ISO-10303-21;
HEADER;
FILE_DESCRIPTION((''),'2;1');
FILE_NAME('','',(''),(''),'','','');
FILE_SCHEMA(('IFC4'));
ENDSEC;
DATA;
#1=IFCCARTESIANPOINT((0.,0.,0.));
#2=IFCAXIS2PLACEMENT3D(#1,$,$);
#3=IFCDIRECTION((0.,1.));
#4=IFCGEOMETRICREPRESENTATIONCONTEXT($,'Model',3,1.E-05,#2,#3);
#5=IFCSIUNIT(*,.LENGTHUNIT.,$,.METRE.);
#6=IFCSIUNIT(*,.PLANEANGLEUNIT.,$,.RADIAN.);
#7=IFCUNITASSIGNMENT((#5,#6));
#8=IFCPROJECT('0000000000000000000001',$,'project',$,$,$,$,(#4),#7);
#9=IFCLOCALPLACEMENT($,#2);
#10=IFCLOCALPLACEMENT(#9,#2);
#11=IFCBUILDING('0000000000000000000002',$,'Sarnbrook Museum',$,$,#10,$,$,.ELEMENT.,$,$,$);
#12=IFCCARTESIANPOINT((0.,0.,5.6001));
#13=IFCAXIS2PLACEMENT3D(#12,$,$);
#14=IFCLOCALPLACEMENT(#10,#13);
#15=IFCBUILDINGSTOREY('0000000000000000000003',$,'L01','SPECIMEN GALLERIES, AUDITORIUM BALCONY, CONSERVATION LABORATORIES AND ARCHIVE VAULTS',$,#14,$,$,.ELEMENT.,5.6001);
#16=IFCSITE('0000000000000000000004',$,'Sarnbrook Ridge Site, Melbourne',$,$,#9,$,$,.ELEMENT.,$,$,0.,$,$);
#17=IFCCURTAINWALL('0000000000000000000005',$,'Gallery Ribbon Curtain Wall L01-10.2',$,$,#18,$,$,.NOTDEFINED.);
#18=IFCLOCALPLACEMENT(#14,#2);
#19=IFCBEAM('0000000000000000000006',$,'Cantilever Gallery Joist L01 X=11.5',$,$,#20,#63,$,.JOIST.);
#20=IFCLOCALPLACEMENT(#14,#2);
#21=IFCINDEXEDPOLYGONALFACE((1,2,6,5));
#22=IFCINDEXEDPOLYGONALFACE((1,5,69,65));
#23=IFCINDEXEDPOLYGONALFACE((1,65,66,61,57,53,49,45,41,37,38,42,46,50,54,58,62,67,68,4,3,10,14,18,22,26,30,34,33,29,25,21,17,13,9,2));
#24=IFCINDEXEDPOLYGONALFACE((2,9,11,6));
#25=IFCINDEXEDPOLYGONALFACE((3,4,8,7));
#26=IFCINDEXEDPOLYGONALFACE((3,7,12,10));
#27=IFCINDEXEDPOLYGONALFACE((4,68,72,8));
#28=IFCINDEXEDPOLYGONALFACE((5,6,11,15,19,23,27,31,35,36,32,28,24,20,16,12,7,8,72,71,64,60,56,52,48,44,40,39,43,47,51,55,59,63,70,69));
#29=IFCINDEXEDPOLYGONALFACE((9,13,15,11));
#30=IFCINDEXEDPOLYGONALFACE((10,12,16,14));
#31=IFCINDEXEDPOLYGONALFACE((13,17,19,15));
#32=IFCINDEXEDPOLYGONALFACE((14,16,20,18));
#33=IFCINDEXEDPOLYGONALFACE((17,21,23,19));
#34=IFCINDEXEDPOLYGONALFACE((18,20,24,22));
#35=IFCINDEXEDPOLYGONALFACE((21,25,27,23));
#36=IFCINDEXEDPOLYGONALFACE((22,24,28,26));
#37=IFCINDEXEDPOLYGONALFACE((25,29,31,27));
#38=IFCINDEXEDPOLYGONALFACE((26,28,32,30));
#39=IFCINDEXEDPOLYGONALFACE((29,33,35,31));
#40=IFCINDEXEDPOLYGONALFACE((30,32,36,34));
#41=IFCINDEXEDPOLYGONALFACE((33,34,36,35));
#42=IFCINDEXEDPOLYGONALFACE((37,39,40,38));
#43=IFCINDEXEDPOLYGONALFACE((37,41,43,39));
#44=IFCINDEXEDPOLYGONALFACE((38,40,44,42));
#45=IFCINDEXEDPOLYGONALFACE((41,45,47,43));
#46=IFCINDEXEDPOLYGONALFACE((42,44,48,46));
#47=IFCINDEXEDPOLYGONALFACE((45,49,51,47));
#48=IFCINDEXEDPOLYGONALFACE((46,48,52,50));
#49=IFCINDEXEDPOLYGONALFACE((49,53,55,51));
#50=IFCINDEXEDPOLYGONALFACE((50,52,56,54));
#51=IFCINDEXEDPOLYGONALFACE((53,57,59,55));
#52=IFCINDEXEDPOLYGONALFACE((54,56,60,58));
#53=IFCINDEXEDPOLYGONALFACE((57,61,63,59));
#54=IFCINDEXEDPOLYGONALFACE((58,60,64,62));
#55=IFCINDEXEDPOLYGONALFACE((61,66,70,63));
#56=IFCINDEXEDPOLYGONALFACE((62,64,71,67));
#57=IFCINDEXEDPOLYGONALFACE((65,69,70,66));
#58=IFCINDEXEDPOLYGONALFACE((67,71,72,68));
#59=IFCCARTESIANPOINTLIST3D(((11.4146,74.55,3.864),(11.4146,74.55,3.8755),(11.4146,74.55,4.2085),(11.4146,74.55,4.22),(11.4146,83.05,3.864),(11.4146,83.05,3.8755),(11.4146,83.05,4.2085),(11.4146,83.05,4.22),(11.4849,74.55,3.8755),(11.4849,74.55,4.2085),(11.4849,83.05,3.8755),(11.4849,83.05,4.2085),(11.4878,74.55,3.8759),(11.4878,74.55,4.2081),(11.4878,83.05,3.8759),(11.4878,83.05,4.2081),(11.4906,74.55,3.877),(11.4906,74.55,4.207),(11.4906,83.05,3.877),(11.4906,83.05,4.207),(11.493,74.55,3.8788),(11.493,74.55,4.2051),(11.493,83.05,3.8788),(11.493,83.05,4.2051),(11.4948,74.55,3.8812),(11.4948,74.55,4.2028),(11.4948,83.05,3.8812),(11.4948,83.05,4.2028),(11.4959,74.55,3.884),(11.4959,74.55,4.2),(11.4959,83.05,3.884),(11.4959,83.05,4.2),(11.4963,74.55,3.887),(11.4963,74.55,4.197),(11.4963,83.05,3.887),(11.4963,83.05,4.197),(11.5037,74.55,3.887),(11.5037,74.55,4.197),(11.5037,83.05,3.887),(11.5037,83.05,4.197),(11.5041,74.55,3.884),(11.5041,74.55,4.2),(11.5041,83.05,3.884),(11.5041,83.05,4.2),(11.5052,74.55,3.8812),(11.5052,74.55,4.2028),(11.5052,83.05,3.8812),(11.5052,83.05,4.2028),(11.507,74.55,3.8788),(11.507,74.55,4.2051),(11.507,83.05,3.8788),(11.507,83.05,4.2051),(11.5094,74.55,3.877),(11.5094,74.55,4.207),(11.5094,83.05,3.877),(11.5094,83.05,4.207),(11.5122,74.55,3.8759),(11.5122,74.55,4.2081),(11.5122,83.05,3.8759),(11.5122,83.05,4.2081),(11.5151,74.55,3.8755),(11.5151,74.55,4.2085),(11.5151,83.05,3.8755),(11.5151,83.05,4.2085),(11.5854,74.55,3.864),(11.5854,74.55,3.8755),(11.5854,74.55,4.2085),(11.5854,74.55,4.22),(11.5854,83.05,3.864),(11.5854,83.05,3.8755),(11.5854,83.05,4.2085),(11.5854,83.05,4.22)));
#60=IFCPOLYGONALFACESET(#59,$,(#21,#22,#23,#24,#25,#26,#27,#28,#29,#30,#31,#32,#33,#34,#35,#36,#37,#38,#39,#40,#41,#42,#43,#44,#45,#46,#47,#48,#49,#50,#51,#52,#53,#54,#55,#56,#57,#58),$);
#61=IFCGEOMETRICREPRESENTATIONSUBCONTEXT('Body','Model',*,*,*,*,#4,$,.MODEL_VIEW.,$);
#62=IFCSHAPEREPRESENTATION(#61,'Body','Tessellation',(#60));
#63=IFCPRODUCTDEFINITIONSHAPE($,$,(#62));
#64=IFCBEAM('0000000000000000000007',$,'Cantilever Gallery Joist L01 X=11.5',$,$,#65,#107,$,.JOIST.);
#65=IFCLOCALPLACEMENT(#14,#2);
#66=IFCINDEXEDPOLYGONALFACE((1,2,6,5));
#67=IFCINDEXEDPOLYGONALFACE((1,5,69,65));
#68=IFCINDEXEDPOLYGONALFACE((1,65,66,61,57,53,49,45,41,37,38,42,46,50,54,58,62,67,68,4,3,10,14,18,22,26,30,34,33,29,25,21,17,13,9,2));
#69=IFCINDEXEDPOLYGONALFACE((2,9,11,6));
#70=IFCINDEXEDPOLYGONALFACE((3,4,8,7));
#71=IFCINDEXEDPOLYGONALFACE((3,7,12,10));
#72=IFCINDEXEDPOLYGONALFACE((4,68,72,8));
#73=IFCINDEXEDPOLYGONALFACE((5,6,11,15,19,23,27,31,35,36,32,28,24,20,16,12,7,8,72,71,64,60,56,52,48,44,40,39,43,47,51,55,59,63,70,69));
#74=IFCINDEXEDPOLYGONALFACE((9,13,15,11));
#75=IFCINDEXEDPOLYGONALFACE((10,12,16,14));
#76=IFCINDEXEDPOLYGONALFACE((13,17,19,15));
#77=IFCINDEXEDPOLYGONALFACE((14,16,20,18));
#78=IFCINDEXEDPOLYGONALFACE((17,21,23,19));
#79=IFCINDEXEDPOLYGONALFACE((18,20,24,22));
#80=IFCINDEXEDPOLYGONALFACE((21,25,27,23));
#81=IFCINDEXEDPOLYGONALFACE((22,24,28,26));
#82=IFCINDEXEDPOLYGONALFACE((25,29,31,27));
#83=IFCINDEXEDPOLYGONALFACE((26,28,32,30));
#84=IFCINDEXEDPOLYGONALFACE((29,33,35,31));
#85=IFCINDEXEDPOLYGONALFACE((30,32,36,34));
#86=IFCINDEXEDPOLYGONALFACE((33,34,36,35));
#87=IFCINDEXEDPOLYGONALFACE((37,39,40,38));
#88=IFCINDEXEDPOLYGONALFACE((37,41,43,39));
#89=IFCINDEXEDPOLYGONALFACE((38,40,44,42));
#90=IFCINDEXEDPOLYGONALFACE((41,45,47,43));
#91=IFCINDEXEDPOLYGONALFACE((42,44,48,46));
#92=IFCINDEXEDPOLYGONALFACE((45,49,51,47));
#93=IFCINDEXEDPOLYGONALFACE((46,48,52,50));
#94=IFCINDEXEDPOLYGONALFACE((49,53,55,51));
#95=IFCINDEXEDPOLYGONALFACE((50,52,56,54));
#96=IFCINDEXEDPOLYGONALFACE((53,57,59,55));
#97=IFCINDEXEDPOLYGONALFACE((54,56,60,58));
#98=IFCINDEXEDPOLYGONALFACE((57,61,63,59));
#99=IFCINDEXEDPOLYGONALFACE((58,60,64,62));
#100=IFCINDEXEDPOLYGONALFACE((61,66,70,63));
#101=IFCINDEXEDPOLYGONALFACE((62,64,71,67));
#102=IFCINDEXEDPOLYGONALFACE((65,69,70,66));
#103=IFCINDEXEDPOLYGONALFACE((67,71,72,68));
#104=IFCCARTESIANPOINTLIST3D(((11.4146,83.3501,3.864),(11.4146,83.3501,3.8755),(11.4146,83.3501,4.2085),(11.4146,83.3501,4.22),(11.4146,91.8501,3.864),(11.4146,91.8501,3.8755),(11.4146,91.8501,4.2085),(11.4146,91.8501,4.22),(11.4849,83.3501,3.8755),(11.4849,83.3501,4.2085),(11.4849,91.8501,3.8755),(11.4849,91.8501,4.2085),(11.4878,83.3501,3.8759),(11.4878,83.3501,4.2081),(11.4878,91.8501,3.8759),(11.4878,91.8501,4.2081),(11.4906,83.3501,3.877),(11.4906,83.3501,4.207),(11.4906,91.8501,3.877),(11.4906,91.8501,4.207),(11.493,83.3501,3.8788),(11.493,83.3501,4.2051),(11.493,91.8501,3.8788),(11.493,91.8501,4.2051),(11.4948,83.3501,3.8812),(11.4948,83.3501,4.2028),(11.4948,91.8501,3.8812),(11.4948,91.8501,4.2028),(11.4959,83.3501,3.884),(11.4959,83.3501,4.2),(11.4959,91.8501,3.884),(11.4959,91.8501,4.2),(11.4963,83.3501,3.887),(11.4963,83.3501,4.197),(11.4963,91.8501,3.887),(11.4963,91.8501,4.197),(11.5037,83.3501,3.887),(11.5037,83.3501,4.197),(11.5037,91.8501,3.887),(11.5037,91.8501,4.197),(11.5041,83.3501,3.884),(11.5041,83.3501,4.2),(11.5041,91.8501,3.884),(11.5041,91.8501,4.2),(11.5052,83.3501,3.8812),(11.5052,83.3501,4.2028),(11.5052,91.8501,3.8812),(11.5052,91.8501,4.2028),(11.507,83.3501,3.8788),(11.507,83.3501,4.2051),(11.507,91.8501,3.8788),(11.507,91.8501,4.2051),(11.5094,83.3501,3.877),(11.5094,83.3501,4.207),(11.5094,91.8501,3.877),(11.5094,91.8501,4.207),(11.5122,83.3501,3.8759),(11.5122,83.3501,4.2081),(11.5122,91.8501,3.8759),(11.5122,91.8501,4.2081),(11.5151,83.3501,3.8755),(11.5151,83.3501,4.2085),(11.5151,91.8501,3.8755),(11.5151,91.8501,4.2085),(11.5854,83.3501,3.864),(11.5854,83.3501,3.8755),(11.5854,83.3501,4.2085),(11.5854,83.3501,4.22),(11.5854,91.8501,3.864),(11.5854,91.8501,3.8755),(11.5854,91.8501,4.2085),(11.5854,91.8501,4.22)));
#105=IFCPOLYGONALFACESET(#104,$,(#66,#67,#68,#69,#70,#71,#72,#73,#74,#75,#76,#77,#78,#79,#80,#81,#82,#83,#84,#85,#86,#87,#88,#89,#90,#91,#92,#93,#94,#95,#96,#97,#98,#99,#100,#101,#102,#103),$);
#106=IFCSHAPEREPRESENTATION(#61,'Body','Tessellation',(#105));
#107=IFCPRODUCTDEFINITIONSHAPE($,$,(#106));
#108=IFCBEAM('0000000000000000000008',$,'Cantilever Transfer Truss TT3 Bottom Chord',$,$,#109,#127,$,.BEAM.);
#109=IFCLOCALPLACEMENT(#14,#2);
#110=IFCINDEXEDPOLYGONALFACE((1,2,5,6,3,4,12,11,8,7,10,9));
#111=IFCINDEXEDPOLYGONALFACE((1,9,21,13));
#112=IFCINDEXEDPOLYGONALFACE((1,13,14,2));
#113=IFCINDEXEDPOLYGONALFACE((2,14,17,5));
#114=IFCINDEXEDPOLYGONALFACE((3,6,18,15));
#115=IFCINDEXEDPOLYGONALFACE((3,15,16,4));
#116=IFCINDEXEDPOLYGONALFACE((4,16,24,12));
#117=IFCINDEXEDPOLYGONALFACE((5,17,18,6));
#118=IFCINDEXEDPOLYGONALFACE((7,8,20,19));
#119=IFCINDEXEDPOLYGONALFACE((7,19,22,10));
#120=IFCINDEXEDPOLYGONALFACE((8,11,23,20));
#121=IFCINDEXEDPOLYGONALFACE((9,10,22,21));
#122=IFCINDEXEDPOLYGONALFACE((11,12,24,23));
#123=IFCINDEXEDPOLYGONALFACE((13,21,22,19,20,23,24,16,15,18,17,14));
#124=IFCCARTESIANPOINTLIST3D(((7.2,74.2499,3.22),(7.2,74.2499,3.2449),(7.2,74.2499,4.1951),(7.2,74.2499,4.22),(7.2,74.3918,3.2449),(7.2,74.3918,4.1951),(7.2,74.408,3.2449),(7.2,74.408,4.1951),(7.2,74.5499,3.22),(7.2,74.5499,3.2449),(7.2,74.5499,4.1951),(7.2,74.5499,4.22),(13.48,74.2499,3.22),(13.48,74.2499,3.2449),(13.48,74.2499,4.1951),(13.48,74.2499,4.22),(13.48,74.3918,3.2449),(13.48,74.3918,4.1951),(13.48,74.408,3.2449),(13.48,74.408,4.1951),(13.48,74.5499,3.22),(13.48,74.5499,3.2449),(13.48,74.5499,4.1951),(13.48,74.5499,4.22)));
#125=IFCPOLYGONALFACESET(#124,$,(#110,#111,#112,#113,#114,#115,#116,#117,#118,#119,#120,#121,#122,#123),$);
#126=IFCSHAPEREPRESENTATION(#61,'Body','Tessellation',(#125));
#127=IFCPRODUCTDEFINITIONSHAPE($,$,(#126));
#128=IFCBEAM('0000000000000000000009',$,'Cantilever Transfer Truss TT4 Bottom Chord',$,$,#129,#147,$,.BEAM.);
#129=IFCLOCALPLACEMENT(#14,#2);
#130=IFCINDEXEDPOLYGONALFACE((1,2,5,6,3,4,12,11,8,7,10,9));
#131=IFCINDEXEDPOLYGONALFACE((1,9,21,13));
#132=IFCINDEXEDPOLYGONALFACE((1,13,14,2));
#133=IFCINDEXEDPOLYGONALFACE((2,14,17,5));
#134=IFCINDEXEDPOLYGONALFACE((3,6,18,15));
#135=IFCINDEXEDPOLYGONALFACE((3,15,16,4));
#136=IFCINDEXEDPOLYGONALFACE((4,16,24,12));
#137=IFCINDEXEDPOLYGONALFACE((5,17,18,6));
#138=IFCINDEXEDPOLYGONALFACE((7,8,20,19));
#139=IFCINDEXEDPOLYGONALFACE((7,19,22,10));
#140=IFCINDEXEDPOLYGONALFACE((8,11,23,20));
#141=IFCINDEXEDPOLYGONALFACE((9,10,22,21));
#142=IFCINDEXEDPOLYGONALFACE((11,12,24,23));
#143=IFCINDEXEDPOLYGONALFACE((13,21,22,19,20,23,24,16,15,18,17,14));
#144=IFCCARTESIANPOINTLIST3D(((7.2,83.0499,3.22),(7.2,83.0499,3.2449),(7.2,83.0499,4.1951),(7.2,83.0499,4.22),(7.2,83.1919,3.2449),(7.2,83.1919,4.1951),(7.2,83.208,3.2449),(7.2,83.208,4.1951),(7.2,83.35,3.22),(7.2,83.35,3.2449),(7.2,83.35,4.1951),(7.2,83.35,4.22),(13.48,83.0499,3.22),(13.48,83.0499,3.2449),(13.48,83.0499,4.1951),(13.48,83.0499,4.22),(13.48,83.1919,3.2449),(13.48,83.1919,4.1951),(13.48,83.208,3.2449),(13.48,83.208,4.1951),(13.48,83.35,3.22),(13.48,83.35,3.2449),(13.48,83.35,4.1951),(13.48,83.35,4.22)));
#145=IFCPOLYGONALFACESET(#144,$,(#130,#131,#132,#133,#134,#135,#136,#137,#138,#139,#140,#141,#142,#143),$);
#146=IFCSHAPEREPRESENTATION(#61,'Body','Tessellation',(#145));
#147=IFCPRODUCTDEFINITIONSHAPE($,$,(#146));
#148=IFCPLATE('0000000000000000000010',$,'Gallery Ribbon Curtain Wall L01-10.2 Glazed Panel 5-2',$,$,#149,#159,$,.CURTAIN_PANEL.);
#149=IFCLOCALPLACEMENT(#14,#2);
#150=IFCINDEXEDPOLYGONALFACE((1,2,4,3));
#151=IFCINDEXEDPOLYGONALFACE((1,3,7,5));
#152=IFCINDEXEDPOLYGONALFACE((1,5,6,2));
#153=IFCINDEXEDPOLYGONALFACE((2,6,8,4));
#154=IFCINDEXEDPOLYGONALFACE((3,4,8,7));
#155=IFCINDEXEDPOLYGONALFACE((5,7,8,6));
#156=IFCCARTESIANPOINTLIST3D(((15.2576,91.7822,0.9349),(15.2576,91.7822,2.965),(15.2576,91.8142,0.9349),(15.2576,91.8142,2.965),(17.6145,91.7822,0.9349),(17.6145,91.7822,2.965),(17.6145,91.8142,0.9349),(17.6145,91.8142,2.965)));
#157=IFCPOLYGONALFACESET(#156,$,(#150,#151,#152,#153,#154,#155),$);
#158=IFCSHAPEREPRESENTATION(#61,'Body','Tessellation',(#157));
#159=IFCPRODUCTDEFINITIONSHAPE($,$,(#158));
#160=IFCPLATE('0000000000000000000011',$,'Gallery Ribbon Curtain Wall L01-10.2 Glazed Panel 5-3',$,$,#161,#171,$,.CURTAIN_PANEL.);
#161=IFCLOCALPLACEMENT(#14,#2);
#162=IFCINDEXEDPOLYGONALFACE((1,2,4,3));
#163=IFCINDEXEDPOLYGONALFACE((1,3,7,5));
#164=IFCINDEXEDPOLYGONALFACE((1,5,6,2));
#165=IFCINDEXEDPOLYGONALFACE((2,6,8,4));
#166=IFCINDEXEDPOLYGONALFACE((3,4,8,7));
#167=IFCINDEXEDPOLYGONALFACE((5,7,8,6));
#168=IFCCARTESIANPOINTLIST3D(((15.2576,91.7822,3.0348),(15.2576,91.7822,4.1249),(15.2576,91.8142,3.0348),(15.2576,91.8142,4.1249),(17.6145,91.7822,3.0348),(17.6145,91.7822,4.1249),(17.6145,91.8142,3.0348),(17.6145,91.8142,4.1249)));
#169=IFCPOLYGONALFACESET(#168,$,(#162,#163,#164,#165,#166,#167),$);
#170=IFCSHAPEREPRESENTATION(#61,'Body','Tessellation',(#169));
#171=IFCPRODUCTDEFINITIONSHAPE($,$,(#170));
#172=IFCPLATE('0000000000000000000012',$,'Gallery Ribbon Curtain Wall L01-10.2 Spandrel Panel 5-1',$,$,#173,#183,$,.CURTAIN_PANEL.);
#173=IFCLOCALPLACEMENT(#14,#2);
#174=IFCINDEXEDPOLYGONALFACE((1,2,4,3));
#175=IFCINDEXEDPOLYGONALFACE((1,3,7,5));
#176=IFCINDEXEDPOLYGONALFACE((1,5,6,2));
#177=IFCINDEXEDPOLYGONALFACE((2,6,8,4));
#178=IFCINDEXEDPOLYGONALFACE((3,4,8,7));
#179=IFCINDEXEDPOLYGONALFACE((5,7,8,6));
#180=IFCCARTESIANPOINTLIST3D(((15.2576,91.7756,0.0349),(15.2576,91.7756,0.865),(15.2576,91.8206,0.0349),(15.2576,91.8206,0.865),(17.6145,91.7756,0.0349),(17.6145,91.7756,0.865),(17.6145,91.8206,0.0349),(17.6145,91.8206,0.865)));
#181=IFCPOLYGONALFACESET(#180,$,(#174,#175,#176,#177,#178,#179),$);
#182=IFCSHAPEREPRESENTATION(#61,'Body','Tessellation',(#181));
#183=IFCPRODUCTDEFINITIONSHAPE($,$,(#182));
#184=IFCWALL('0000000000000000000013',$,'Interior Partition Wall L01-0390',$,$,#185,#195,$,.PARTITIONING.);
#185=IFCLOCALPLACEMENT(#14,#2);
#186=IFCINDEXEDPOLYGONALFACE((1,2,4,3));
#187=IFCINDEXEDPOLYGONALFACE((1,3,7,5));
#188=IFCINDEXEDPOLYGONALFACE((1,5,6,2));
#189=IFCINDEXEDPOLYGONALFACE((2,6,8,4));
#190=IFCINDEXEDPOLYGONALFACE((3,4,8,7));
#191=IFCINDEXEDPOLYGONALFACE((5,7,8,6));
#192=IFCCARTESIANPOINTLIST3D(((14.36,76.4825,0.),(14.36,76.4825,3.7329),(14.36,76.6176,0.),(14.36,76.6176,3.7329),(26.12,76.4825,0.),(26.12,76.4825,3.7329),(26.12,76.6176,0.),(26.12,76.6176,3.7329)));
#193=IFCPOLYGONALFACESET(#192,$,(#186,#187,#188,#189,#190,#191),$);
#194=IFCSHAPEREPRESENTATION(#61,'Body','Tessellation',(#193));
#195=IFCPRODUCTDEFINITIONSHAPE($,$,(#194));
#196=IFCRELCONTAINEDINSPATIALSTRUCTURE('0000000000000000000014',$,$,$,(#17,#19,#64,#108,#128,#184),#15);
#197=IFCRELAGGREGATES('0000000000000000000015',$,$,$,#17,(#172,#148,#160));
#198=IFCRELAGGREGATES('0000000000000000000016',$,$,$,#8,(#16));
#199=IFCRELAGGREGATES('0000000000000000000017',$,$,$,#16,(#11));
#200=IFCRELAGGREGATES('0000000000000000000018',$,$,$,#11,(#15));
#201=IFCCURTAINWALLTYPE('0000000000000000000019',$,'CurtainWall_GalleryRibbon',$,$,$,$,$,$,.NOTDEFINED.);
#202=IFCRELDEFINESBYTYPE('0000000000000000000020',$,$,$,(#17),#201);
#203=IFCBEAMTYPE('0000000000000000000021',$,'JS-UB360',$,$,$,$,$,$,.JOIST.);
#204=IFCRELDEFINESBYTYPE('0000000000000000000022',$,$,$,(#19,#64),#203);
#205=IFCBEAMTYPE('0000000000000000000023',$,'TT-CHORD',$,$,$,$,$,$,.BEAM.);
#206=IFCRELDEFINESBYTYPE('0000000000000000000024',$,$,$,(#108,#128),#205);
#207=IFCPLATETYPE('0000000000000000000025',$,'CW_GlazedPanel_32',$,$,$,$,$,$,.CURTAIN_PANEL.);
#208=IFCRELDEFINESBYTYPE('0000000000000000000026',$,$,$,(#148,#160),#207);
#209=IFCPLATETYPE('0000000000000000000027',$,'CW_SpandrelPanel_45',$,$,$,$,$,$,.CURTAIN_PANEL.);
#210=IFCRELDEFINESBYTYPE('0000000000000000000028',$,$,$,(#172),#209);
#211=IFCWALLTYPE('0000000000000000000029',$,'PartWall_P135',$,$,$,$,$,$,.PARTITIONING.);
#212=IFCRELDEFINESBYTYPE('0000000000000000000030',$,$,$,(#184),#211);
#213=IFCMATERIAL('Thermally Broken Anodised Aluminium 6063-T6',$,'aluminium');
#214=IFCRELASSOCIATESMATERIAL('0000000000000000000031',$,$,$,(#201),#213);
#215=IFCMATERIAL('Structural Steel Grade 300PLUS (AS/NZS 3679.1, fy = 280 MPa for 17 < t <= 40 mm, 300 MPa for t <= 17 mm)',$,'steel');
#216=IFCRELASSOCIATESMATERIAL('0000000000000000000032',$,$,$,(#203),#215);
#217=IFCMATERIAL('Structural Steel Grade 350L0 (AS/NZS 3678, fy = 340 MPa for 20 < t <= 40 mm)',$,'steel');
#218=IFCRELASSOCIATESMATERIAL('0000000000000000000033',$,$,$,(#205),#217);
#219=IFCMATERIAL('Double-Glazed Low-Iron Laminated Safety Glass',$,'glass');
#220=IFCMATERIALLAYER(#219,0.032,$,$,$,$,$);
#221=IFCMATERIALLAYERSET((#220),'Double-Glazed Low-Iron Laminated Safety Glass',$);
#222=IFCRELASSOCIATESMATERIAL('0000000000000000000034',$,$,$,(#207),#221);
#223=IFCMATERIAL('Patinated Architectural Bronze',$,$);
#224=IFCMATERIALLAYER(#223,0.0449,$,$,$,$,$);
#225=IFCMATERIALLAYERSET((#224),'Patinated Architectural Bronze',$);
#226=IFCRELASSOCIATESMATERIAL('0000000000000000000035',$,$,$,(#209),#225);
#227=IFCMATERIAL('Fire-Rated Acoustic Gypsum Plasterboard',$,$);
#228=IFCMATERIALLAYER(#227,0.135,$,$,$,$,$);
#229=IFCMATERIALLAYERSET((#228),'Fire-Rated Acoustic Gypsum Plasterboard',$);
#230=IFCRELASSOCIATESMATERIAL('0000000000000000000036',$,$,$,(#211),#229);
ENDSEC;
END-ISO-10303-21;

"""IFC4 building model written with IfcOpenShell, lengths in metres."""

from ifc_helpers import new_model, si_unit, direction, frame, frame_2d, origin, origin_2d, place, context, subcontext, project, spatial, rectangle, i_section, extrude, material, layer, layer_set, material_profile, profile_set, type_object, element, aggregate, save


model = new_model("IFC4")

# Units and contexts
model_context = context("Model", 3, precision=1e-05, world=origin(), true_north=direction((0.0, 1.0)))
body_context = subcontext(model_context, "Body", "Model", "MODEL_VIEW")
ifc_project = project(units=[si_unit("LENGTHUNIT", "METRE"), si_unit("PLANEANGLEUNIT", "RADIAN")], contexts=[model_context])

# Site, building, storey
site_placement = place(None, origin())
site = spatial("IfcSite", under=ifc_project, at=site_placement, Name="Sarnbrook Ridge Site, Melbourne", CompositionType="ELEMENT", RefElevation=0.0)
building_placement = place(site_placement, origin())
building = spatial("IfcBuilding", under=site, at=building_placement, Name="Sarnbrook Museum", CompositionType="ELEMENT")
storey_placement = place(building_placement, frame((0.0, 0.0, 5.6001)))
storey = spatial("IfcBuildingStorey", under=building, at=storey_placement, Name="L01", Description="SPECIMEN GALLERIES, AUDITORIUM BALCONY, CONSERVATION LABORATORIES AND ARCHIVE VAULTS", CompositionType="ELEMENT", Elevation=5.6001)

# Shared definitions
ifc_material_1 = material(Name="Structural Steel Grade 300PLUS (AS/NZS 3679.1, fy = 280 MPa for 17 < t <= 40 mm, 300 MPa for t <= 17 mm)", Category="steel")

# Shared definitions
ifc_material_2 = material(Name="Structural Steel Grade 350L0 (AS/NZS 3678, fy = 340 MPa for 20 < t <= 40 mm)", Category="steel")

# Curtain wall
ifc_material_3 = material(Name="Thermally Broken Anodised Aluminium 6063-T6", Category="aluminium")
curtain_wall_type = type_object("IfcCurtainWallType", Name="CurtainWall_GalleryRibbon", PredefinedType="NOTDEFINED", material=ifc_material_3)
curtain_wall_placement = place(storey_placement, origin())
curtain_wall = element("IfcCurtainWall", 1, at=curtain_wall_placement, inside=storey, type_object=curtain_wall_type, Name="Gallery Ribbon Curtain Wall L01-10.2", PredefinedType="NOTDEFINED")

# Beams
ifc_material_profile_1 = material_profile(ifc_material_1, i_section(OverallWidth=0.1709, OverallDepth=0.356, WebThickness=0.0073, FlangeThickness=0.0115, FilletRadius=0.0115, at=origin_2d()), Name="360UB50.7")
ifc_profile_set_1 = profile_set([ifc_material_profile_1], Name="Structural Steel Grade 300PLUS (AS/NZS 3679.1, fy = 280 MPa for 17 < t <= 40 mm, 300 MPa for t <= 17 mm)")
beam_type_1 = type_object("IfcBeamType", Name="JS-UB360", PredefinedType="JOIST", material=ifc_profile_set_1)
for number, where, z_axis, x_axis, name in (
    (2, (11.5, 74.55, 4.042), (0.0, 1.0, 0.0), (-1.0, 0.0, 0.0), "Cantilever Gallery Joist L01 X=11.5"),
    (3, (11.5, 83.3501, 4.042), (0.0, 1.0, 0.0), (-1.0, 0.0, 0.0), "Cantilever Gallery Joist L01 X=11.5"),
):
    element("IfcBeam", number, at=place(storey_placement, frame(where, z_axis=z_axis, x_axis=x_axis)), inside=storey, type_object=beam_type_1, Name=name, PredefinedType="JOIST", context=body_context, shape_type="SweptSolid", body=[
        extrude(i_section(OverallWidth=0.1709, OverallDepth=0.356, WebThickness=0.0073, FlangeThickness=0.0115, FilletRadius=0.0115, at=origin_2d()), origin(), (0.0, 0.0, 1.0), 8.5),
    ])
ifc_material_profile_2 = material_profile(ifc_material_2, i_section(OverallWidth=0.3, OverallDepth=1.0, WebThickness=0.0161, FlangeThickness=0.0249, at=origin_2d()), Name="1000WB215")
ifc_profile_set_2 = profile_set([ifc_material_profile_2], Name="Structural Steel Grade 350L0 (AS/NZS 3678, fy = 340 MPa for 20 < t <= 40 mm)")
beam_type_2 = type_object("IfcBeamType", Name="TT-CHORD", PredefinedType="BEAM", material=ifc_profile_set_2)
for number, where, z_axis, x_axis, name in (
    (4, (13.48, 74.3999, 3.72), (-1.0, 0.0, 0.0), (0.0, -1.0, 0.0), "Cantilever Transfer Truss TT3 Bottom Chord"),
    (5, (13.48, 83.2, 3.72), (-1.0, 0.0, 0.0), (0.0, -1.0, 0.0), "Cantilever Transfer Truss TT4 Bottom Chord"),
):
    element("IfcBeam", number, at=place(storey_placement, frame(where, z_axis=z_axis, x_axis=x_axis)), inside=storey, type_object=beam_type_2, Name=name, PredefinedType="BEAM", context=body_context, shape_type="SweptSolid", body=[
        extrude(i_section(OverallWidth=0.3, OverallDepth=1.0, WebThickness=0.0161, FlangeThickness=0.0249, at=origin_2d()), origin(), (0.0, 0.0, 1.0), 6.28),
    ])

# Plates
ifc_material_4 = material(Name="Double-Glazed Low-Iron Laminated Safety Glass", Category="glass")
ifc_layer_1 = layer(ifc_material_4, 0.032)
ifc_layer_set_1 = layer_set([ifc_layer_1], Name="Double-Glazed Low-Iron Laminated Safety Glass")
plate_type_1 = type_object("IfcPlateType", Name="CW_GlazedPanel_32", PredefinedType="CURTAIN_PANEL", material=ifc_layer_set_1)
plate_1_placement = place(storey_placement, frame((16.436, 91.7822, 1.95), z_axis=(0.0, 1.0, 0.0), x_axis=(-1.0, 0.0, 0.0)))
plate_1 = element("IfcPlate", 6, at=plate_1_placement, type_object=plate_type_1, Name="Gallery Ribbon Curtain Wall L01-10.2 Glazed Panel 5-2", PredefinedType="CURTAIN_PANEL", context=body_context, shape_type="SweptSolid", body=[
    extrude(rectangle(XDim=2.3569, YDim=2.03, at=origin_2d()), origin(), (0.0, 0.0, 1.0), 0.032),
])
plate_2_placement = place(storey_placement, frame((16.436, 91.7822, 3.5798), z_axis=(0.0, 1.0, 0.0), x_axis=(-1.0, 0.0, 0.0)))
plate_2 = element("IfcPlate", 7, at=plate_2_placement, type_object=plate_type_1, Name="Gallery Ribbon Curtain Wall L01-10.2 Glazed Panel 5-3", PredefinedType="CURTAIN_PANEL", context=body_context, shape_type="SweptSolid", body=[
    extrude(rectangle(XDim=2.3569, YDim=1.0901, at=origin_2d()), origin(), (0.0, 0.0, 1.0), 0.032),
])
ifc_material_5 = material(Name="Patinated Architectural Bronze")
ifc_layer_2 = layer(ifc_material_5, 0.0449)
ifc_layer_set_2 = layer_set([ifc_layer_2], Name="Patinated Architectural Bronze")
plate_type_2 = type_object("IfcPlateType", Name="CW_SpandrelPanel_45", PredefinedType="CURTAIN_PANEL", material=ifc_layer_set_2)
plate_3_placement = place(storey_placement, frame((16.436, 91.7756, 0.45), z_axis=(0.0, 1.0, 0.0), x_axis=(-1.0, 0.0, 0.0)))
plate_3 = element("IfcPlate", 8, at=plate_3_placement, type_object=plate_type_2, Name="Gallery Ribbon Curtain Wall L01-10.2 Spandrel Panel 5-1", PredefinedType="CURTAIN_PANEL", context=body_context, shape_type="SweptSolid", body=[
    extrude(rectangle(XDim=2.3569, YDim=0.8301, at=origin_2d()), origin(), (0.0, 0.0, 1.0), 0.0449),
])
aggregate(curtain_wall, [plate_3, plate_1, plate_2])

# Wall
ifc_material_6 = material(Name="Fire-Rated Acoustic Gypsum Plasterboard")
ifc_layer_3 = layer(ifc_material_6, 0.135)
ifc_layer_set_3 = layer_set([ifc_layer_3], Name="Fire-Rated Acoustic Gypsum Plasterboard")
wall_type_1 = type_object("IfcWallType", Name="PartWall_P135", PredefinedType="PARTITIONING", material=ifc_layer_set_3)
wall_1_placement = place(storey_placement, frame((14.3601, 76.55, 0.0), z_axis=(0.0, 0.0, 1.0), x_axis=(1.0, 0.0, 0.0)))
element("IfcWall", 9, at=wall_1_placement, inside=storey, type_object=wall_type_1, Name="Interior Partition Wall L01-0390", PredefinedType="PARTITIONING", context=body_context, shape_type="SweptSolid", body=[
    extrude(rectangle(XDim=11.76, YDim=0.135, at=frame_2d((5.8799, 0.0))), origin(), (0.0, 0.0, 1.0), 3.7329),
])

save(model, "model.ifc")
